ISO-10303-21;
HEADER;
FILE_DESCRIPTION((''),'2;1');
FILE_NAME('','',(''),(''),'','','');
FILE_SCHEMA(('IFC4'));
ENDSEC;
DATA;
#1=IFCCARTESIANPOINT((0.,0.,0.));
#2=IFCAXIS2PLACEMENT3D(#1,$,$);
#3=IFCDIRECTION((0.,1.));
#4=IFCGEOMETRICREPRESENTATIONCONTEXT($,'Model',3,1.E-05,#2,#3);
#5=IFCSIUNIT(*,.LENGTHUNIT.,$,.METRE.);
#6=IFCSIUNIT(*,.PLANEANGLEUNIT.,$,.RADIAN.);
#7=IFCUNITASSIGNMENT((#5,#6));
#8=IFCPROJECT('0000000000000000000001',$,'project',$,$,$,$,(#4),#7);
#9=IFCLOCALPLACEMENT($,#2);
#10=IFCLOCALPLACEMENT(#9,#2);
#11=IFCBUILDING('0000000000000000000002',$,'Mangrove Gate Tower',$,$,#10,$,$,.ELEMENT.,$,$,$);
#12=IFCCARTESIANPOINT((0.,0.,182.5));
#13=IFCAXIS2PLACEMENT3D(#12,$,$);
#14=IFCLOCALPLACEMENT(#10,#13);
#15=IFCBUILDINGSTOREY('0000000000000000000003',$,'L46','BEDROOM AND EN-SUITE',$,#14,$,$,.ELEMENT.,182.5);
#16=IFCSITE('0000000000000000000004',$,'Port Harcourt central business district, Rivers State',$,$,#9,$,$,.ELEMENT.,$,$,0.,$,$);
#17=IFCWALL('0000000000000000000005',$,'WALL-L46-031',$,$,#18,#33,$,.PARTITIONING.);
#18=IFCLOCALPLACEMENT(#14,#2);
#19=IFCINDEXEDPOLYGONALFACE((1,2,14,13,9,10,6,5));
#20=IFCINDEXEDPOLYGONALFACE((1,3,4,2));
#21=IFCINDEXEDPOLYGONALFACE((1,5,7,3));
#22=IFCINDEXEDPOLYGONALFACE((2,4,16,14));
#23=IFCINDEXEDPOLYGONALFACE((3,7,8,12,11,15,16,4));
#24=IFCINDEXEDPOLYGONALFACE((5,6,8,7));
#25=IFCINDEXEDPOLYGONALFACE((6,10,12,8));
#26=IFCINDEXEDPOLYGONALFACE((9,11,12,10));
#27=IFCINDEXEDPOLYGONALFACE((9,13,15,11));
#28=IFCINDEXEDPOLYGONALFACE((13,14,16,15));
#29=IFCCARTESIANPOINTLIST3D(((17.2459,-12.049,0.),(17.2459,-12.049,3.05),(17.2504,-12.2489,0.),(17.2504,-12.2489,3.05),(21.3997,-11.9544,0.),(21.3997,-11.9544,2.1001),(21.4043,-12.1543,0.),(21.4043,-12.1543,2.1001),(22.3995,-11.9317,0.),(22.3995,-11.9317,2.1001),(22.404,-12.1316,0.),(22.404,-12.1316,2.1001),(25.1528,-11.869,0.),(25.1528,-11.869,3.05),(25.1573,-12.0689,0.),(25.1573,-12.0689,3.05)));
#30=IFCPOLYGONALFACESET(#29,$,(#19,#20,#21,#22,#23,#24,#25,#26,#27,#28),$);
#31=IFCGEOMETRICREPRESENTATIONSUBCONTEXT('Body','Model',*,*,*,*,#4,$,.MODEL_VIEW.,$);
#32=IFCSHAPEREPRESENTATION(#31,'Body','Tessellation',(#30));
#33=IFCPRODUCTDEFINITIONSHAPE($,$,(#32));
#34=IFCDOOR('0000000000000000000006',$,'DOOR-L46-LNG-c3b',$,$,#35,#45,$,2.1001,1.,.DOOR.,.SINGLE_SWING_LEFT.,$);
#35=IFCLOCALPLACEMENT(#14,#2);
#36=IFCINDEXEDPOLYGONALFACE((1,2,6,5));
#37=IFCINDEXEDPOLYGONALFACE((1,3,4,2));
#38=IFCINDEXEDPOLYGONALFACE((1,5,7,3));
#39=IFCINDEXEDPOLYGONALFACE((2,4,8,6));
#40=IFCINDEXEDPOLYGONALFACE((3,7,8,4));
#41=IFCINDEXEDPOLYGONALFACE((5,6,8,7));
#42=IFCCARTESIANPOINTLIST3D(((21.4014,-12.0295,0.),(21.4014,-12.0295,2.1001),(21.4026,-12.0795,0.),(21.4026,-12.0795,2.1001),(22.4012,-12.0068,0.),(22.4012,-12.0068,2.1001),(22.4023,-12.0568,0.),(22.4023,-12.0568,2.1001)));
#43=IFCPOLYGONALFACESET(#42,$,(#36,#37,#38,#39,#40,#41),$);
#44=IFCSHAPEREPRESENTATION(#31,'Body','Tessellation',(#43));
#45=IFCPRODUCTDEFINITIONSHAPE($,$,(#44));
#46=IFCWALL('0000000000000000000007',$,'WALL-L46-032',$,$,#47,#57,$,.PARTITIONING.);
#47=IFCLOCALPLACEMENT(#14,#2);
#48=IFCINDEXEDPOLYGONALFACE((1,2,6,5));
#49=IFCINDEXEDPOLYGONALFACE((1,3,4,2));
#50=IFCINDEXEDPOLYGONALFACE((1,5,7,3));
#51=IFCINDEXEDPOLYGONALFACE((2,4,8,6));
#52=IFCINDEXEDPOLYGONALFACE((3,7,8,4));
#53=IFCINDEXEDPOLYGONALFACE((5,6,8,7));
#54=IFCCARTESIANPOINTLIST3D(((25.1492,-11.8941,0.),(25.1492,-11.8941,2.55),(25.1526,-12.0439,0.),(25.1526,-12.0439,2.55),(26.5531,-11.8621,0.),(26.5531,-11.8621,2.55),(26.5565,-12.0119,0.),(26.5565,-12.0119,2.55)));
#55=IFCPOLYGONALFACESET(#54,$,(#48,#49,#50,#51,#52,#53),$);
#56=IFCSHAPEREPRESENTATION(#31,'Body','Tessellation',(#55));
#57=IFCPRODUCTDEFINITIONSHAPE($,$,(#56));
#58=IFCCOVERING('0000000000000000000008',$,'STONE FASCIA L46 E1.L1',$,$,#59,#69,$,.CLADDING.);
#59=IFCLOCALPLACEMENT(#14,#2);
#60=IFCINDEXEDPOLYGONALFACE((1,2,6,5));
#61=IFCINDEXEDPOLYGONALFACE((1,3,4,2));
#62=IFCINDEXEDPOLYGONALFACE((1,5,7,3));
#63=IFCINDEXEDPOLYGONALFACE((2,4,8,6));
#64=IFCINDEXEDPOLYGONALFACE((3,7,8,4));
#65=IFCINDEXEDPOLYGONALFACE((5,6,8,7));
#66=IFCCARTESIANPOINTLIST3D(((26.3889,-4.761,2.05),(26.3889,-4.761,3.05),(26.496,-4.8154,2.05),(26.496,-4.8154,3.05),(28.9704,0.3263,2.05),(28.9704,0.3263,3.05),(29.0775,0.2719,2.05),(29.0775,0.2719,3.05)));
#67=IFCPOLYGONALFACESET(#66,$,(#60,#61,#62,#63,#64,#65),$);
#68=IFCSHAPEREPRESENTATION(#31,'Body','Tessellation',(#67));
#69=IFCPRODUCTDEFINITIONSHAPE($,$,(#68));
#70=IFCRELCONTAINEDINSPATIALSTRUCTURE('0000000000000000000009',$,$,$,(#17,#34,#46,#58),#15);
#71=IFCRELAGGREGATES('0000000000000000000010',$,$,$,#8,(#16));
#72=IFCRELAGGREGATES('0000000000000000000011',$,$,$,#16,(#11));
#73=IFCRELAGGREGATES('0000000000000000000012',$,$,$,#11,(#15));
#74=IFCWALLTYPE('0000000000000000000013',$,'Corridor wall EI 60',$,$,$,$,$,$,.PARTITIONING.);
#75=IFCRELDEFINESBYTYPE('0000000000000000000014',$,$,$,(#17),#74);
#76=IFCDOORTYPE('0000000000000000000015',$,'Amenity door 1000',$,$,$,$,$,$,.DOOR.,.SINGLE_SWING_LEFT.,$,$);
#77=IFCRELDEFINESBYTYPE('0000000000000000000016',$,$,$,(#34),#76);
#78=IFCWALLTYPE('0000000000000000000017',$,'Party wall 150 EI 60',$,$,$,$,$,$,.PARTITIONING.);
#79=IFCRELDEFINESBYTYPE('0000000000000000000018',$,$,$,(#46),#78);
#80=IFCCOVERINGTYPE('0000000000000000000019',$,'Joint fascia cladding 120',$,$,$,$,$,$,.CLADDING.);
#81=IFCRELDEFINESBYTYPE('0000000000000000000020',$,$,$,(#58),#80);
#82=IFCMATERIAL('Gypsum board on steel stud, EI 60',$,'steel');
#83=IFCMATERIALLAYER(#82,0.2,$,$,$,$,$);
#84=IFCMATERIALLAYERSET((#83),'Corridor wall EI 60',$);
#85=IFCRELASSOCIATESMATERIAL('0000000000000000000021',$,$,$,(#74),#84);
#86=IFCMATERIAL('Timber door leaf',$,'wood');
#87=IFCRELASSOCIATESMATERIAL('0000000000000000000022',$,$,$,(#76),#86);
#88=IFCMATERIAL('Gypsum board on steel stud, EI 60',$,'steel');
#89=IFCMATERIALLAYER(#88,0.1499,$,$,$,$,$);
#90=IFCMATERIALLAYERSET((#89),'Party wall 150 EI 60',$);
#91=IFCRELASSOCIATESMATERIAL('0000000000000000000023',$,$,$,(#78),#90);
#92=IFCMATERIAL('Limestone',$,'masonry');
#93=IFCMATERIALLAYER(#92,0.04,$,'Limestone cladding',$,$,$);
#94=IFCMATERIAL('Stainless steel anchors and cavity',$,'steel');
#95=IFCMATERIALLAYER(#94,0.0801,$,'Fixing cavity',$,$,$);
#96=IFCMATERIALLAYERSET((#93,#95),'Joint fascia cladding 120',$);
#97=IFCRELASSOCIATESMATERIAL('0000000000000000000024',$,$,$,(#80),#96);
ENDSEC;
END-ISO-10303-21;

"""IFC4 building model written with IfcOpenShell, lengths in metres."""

from ifc_helpers import new_model, si_unit, direction, frame, frame_2d, origin, place, context, subcontext, project, spatial, rectangle, extrude, material, layer, layer_set, type_object, element, fill, save


model = new_model("IFC4")

# Units and contexts
model_context = context("Model", 3, precision=1e-05, world=origin(), true_north=direction((0.0, 1.0)))
body_context = subcontext(model_context, "Body", "Model", "MODEL_VIEW")
ifc_project = project(units=[si_unit("LENGTHUNIT", "METRE"), si_unit("PLANEANGLEUNIT", "RADIAN")], contexts=[model_context])

# Site, building, storey
site_placement = place(None, origin())
site = spatial("IfcSite", under=ifc_project, at=site_placement, Name="Port Harcourt central business district, Rivers State", CompositionType="ELEMENT", RefElevation=0.0)
building_placement = place(site_placement, origin())
building = spatial("IfcBuilding", under=site, at=building_placement, Name="Mangrove Gate Tower", CompositionType="ELEMENT")
storey_placement = place(building_placement, frame((0.0, 0.0, 182.5)))
storey = spatial("IfcBuildingStorey", under=building, at=storey_placement, Name="L46", Description="BEDROOM AND EN-SUITE", CompositionType="ELEMENT", Elevation=182.5)

# Shared definitions
ifc_material_1 = material(Name="Gypsum board on steel stud, EI 60", Category="steel")
ifc_layer_1 = layer(ifc_material_1, 0.2)
ifc_layer_set_1 = layer_set([ifc_layer_1], Name="Corridor wall EI 60")
wall_type_1 = type_object("IfcWallType", Name="Corridor wall EI 60", PredefinedType="PARTITIONING", material=ifc_layer_set_1)

# Wall, opening, door
wall_1_placement = place(storey_placement, frame((17.248, -12.1489, 0.0), z_axis=(0.0, 0.0, 1.0), x_axis=(0.999741, 0.02275, 0.0)))
wall_1 = element("IfcWall", 1, at=wall_1_placement, inside=storey, type_object=wall_type_1, Name="WALL-L46-031", PredefinedType="PARTITIONING", context=body_context, shape_type="SweptSolid", body=[
    extrude(rectangle(XDim=7.9089, YDim=0.2, at=frame_2d((3.9546, 0.0))), origin(), (0.0, 0.0, 1.0), 3.05),
])
opening_1_placement = place(wall_1_placement, frame((4.155, 0.0, 0.0)))
opening_1 = element("IfcOpeningElement", 2, at=opening_1_placement, cuts=wall_1, PredefinedType="OPENING", context=body_context, shape_type="SweptSolid", body=[
    extrude(rectangle(XDim=1.0, YDim=2.1001, at=frame_2d((0.5, 1.05))), frame((0.0, 0.1099, 0.0), z_axis=(0.0, -1.0, 0.0), x_axis=(1.0, 0.0, 0.0)), (0.0, 0.0, 1.0), 0.22),
])
ifc_material_2 = material(Name="Timber door leaf", Category="wood")
door_type_1 = type_object("IfcDoorType", Name="Amenity door 1000", OperationType="SINGLE_SWING_LEFT", PredefinedType="DOOR", material=ifc_material_2)
door_1_placement = place(opening_1_placement, origin())
door_1 = element("IfcDoor", 3, at=door_1_placement, inside=storey, type_object=door_type_1, Name="DOOR-L46-LNG-c3b", OperationType="SINGLE_SWING_LEFT", OverallHeight=2.1001, OverallWidth=1.0, PredefinedType="DOOR", context=body_context, shape_type="SweptSolid", body=[
    extrude(rectangle(XDim=1.0, YDim=2.1001, at=frame_2d((0.5, 1.05))), frame((0.0, 0.0249, 0.0), z_axis=(0.0, -1.0, 0.0), x_axis=(1.0, 0.0, 0.0)), (0.0, 0.0, 1.0), 0.05),
])
fill(opening_1, door_1)

# Wall
ifc_material_3 = material(Name="Gypsum board on steel stud, EI 60", Category="steel")
ifc_layer_2 = layer(ifc_material_3, 0.1499)
ifc_layer_set_2 = layer_set([ifc_layer_2], Name="Party wall 150 EI 60")
wall_type_2 = type_object("IfcWallType", Name="Party wall 150 EI 60", PredefinedType="PARTITIONING", material=ifc_layer_set_2)
wall_2_placement = place(storey_placement, frame((25.1509, -11.969, 0.0), z_axis=(0.0, 0.0, 1.0), x_axis=(0.999741, 0.022773, 0.0)))
element("IfcWall", 4, at=wall_2_placement, inside=storey, type_object=wall_type_2, Name="WALL-L46-032", PredefinedType="PARTITIONING", context=body_context, shape_type="SweptSolid", body=[
    extrude(rectangle(XDim=1.4043, YDim=0.1499, at=frame_2d((0.7021, 0.0))), origin(), (0.0, 0.0, 1.0), 2.55),
])

# Covering
ifc_material_4 = material(Name="Limestone", Category="masonry")
ifc_layer_3 = layer(ifc_material_4, 0.04, Name="Limestone cladding")
ifc_material_5 = material(Name="Stainless steel anchors and cavity", Category="steel")
ifc_layer_4 = layer(ifc_material_5, 0.0801, Name="Fixing cavity")
ifc_layer_set_3 = layer_set([ifc_layer_3, ifc_layer_4], Name="Joint fascia cladding 120")
covering_type = type_object("IfcCoveringType", Name="Joint fascia cladding 120", PredefinedType="CLADDING", material=ifc_layer_set_3)
covering_placement = place(storey_placement, frame((26.4424, -4.7883, 2.05), z_axis=(0.0, 0.0, 1.0), x_axis=(0.452512, 0.891758, 0.0)))
element("IfcCovering", 5, at=covering_placement, inside=storey, type_object=covering_type, Name="STONE FASCIA L46 E1.L1", PredefinedType="CLADDING", context=body_context, shape_type="SweptSolid", body=[
    extrude(rectangle(XDim=5.7048, YDim=0.1201, at=frame_2d((2.8525, 0.0))), origin(), (0.0, 0.0, 1.0), 1.0),
])

save(model, "model.ifc")
